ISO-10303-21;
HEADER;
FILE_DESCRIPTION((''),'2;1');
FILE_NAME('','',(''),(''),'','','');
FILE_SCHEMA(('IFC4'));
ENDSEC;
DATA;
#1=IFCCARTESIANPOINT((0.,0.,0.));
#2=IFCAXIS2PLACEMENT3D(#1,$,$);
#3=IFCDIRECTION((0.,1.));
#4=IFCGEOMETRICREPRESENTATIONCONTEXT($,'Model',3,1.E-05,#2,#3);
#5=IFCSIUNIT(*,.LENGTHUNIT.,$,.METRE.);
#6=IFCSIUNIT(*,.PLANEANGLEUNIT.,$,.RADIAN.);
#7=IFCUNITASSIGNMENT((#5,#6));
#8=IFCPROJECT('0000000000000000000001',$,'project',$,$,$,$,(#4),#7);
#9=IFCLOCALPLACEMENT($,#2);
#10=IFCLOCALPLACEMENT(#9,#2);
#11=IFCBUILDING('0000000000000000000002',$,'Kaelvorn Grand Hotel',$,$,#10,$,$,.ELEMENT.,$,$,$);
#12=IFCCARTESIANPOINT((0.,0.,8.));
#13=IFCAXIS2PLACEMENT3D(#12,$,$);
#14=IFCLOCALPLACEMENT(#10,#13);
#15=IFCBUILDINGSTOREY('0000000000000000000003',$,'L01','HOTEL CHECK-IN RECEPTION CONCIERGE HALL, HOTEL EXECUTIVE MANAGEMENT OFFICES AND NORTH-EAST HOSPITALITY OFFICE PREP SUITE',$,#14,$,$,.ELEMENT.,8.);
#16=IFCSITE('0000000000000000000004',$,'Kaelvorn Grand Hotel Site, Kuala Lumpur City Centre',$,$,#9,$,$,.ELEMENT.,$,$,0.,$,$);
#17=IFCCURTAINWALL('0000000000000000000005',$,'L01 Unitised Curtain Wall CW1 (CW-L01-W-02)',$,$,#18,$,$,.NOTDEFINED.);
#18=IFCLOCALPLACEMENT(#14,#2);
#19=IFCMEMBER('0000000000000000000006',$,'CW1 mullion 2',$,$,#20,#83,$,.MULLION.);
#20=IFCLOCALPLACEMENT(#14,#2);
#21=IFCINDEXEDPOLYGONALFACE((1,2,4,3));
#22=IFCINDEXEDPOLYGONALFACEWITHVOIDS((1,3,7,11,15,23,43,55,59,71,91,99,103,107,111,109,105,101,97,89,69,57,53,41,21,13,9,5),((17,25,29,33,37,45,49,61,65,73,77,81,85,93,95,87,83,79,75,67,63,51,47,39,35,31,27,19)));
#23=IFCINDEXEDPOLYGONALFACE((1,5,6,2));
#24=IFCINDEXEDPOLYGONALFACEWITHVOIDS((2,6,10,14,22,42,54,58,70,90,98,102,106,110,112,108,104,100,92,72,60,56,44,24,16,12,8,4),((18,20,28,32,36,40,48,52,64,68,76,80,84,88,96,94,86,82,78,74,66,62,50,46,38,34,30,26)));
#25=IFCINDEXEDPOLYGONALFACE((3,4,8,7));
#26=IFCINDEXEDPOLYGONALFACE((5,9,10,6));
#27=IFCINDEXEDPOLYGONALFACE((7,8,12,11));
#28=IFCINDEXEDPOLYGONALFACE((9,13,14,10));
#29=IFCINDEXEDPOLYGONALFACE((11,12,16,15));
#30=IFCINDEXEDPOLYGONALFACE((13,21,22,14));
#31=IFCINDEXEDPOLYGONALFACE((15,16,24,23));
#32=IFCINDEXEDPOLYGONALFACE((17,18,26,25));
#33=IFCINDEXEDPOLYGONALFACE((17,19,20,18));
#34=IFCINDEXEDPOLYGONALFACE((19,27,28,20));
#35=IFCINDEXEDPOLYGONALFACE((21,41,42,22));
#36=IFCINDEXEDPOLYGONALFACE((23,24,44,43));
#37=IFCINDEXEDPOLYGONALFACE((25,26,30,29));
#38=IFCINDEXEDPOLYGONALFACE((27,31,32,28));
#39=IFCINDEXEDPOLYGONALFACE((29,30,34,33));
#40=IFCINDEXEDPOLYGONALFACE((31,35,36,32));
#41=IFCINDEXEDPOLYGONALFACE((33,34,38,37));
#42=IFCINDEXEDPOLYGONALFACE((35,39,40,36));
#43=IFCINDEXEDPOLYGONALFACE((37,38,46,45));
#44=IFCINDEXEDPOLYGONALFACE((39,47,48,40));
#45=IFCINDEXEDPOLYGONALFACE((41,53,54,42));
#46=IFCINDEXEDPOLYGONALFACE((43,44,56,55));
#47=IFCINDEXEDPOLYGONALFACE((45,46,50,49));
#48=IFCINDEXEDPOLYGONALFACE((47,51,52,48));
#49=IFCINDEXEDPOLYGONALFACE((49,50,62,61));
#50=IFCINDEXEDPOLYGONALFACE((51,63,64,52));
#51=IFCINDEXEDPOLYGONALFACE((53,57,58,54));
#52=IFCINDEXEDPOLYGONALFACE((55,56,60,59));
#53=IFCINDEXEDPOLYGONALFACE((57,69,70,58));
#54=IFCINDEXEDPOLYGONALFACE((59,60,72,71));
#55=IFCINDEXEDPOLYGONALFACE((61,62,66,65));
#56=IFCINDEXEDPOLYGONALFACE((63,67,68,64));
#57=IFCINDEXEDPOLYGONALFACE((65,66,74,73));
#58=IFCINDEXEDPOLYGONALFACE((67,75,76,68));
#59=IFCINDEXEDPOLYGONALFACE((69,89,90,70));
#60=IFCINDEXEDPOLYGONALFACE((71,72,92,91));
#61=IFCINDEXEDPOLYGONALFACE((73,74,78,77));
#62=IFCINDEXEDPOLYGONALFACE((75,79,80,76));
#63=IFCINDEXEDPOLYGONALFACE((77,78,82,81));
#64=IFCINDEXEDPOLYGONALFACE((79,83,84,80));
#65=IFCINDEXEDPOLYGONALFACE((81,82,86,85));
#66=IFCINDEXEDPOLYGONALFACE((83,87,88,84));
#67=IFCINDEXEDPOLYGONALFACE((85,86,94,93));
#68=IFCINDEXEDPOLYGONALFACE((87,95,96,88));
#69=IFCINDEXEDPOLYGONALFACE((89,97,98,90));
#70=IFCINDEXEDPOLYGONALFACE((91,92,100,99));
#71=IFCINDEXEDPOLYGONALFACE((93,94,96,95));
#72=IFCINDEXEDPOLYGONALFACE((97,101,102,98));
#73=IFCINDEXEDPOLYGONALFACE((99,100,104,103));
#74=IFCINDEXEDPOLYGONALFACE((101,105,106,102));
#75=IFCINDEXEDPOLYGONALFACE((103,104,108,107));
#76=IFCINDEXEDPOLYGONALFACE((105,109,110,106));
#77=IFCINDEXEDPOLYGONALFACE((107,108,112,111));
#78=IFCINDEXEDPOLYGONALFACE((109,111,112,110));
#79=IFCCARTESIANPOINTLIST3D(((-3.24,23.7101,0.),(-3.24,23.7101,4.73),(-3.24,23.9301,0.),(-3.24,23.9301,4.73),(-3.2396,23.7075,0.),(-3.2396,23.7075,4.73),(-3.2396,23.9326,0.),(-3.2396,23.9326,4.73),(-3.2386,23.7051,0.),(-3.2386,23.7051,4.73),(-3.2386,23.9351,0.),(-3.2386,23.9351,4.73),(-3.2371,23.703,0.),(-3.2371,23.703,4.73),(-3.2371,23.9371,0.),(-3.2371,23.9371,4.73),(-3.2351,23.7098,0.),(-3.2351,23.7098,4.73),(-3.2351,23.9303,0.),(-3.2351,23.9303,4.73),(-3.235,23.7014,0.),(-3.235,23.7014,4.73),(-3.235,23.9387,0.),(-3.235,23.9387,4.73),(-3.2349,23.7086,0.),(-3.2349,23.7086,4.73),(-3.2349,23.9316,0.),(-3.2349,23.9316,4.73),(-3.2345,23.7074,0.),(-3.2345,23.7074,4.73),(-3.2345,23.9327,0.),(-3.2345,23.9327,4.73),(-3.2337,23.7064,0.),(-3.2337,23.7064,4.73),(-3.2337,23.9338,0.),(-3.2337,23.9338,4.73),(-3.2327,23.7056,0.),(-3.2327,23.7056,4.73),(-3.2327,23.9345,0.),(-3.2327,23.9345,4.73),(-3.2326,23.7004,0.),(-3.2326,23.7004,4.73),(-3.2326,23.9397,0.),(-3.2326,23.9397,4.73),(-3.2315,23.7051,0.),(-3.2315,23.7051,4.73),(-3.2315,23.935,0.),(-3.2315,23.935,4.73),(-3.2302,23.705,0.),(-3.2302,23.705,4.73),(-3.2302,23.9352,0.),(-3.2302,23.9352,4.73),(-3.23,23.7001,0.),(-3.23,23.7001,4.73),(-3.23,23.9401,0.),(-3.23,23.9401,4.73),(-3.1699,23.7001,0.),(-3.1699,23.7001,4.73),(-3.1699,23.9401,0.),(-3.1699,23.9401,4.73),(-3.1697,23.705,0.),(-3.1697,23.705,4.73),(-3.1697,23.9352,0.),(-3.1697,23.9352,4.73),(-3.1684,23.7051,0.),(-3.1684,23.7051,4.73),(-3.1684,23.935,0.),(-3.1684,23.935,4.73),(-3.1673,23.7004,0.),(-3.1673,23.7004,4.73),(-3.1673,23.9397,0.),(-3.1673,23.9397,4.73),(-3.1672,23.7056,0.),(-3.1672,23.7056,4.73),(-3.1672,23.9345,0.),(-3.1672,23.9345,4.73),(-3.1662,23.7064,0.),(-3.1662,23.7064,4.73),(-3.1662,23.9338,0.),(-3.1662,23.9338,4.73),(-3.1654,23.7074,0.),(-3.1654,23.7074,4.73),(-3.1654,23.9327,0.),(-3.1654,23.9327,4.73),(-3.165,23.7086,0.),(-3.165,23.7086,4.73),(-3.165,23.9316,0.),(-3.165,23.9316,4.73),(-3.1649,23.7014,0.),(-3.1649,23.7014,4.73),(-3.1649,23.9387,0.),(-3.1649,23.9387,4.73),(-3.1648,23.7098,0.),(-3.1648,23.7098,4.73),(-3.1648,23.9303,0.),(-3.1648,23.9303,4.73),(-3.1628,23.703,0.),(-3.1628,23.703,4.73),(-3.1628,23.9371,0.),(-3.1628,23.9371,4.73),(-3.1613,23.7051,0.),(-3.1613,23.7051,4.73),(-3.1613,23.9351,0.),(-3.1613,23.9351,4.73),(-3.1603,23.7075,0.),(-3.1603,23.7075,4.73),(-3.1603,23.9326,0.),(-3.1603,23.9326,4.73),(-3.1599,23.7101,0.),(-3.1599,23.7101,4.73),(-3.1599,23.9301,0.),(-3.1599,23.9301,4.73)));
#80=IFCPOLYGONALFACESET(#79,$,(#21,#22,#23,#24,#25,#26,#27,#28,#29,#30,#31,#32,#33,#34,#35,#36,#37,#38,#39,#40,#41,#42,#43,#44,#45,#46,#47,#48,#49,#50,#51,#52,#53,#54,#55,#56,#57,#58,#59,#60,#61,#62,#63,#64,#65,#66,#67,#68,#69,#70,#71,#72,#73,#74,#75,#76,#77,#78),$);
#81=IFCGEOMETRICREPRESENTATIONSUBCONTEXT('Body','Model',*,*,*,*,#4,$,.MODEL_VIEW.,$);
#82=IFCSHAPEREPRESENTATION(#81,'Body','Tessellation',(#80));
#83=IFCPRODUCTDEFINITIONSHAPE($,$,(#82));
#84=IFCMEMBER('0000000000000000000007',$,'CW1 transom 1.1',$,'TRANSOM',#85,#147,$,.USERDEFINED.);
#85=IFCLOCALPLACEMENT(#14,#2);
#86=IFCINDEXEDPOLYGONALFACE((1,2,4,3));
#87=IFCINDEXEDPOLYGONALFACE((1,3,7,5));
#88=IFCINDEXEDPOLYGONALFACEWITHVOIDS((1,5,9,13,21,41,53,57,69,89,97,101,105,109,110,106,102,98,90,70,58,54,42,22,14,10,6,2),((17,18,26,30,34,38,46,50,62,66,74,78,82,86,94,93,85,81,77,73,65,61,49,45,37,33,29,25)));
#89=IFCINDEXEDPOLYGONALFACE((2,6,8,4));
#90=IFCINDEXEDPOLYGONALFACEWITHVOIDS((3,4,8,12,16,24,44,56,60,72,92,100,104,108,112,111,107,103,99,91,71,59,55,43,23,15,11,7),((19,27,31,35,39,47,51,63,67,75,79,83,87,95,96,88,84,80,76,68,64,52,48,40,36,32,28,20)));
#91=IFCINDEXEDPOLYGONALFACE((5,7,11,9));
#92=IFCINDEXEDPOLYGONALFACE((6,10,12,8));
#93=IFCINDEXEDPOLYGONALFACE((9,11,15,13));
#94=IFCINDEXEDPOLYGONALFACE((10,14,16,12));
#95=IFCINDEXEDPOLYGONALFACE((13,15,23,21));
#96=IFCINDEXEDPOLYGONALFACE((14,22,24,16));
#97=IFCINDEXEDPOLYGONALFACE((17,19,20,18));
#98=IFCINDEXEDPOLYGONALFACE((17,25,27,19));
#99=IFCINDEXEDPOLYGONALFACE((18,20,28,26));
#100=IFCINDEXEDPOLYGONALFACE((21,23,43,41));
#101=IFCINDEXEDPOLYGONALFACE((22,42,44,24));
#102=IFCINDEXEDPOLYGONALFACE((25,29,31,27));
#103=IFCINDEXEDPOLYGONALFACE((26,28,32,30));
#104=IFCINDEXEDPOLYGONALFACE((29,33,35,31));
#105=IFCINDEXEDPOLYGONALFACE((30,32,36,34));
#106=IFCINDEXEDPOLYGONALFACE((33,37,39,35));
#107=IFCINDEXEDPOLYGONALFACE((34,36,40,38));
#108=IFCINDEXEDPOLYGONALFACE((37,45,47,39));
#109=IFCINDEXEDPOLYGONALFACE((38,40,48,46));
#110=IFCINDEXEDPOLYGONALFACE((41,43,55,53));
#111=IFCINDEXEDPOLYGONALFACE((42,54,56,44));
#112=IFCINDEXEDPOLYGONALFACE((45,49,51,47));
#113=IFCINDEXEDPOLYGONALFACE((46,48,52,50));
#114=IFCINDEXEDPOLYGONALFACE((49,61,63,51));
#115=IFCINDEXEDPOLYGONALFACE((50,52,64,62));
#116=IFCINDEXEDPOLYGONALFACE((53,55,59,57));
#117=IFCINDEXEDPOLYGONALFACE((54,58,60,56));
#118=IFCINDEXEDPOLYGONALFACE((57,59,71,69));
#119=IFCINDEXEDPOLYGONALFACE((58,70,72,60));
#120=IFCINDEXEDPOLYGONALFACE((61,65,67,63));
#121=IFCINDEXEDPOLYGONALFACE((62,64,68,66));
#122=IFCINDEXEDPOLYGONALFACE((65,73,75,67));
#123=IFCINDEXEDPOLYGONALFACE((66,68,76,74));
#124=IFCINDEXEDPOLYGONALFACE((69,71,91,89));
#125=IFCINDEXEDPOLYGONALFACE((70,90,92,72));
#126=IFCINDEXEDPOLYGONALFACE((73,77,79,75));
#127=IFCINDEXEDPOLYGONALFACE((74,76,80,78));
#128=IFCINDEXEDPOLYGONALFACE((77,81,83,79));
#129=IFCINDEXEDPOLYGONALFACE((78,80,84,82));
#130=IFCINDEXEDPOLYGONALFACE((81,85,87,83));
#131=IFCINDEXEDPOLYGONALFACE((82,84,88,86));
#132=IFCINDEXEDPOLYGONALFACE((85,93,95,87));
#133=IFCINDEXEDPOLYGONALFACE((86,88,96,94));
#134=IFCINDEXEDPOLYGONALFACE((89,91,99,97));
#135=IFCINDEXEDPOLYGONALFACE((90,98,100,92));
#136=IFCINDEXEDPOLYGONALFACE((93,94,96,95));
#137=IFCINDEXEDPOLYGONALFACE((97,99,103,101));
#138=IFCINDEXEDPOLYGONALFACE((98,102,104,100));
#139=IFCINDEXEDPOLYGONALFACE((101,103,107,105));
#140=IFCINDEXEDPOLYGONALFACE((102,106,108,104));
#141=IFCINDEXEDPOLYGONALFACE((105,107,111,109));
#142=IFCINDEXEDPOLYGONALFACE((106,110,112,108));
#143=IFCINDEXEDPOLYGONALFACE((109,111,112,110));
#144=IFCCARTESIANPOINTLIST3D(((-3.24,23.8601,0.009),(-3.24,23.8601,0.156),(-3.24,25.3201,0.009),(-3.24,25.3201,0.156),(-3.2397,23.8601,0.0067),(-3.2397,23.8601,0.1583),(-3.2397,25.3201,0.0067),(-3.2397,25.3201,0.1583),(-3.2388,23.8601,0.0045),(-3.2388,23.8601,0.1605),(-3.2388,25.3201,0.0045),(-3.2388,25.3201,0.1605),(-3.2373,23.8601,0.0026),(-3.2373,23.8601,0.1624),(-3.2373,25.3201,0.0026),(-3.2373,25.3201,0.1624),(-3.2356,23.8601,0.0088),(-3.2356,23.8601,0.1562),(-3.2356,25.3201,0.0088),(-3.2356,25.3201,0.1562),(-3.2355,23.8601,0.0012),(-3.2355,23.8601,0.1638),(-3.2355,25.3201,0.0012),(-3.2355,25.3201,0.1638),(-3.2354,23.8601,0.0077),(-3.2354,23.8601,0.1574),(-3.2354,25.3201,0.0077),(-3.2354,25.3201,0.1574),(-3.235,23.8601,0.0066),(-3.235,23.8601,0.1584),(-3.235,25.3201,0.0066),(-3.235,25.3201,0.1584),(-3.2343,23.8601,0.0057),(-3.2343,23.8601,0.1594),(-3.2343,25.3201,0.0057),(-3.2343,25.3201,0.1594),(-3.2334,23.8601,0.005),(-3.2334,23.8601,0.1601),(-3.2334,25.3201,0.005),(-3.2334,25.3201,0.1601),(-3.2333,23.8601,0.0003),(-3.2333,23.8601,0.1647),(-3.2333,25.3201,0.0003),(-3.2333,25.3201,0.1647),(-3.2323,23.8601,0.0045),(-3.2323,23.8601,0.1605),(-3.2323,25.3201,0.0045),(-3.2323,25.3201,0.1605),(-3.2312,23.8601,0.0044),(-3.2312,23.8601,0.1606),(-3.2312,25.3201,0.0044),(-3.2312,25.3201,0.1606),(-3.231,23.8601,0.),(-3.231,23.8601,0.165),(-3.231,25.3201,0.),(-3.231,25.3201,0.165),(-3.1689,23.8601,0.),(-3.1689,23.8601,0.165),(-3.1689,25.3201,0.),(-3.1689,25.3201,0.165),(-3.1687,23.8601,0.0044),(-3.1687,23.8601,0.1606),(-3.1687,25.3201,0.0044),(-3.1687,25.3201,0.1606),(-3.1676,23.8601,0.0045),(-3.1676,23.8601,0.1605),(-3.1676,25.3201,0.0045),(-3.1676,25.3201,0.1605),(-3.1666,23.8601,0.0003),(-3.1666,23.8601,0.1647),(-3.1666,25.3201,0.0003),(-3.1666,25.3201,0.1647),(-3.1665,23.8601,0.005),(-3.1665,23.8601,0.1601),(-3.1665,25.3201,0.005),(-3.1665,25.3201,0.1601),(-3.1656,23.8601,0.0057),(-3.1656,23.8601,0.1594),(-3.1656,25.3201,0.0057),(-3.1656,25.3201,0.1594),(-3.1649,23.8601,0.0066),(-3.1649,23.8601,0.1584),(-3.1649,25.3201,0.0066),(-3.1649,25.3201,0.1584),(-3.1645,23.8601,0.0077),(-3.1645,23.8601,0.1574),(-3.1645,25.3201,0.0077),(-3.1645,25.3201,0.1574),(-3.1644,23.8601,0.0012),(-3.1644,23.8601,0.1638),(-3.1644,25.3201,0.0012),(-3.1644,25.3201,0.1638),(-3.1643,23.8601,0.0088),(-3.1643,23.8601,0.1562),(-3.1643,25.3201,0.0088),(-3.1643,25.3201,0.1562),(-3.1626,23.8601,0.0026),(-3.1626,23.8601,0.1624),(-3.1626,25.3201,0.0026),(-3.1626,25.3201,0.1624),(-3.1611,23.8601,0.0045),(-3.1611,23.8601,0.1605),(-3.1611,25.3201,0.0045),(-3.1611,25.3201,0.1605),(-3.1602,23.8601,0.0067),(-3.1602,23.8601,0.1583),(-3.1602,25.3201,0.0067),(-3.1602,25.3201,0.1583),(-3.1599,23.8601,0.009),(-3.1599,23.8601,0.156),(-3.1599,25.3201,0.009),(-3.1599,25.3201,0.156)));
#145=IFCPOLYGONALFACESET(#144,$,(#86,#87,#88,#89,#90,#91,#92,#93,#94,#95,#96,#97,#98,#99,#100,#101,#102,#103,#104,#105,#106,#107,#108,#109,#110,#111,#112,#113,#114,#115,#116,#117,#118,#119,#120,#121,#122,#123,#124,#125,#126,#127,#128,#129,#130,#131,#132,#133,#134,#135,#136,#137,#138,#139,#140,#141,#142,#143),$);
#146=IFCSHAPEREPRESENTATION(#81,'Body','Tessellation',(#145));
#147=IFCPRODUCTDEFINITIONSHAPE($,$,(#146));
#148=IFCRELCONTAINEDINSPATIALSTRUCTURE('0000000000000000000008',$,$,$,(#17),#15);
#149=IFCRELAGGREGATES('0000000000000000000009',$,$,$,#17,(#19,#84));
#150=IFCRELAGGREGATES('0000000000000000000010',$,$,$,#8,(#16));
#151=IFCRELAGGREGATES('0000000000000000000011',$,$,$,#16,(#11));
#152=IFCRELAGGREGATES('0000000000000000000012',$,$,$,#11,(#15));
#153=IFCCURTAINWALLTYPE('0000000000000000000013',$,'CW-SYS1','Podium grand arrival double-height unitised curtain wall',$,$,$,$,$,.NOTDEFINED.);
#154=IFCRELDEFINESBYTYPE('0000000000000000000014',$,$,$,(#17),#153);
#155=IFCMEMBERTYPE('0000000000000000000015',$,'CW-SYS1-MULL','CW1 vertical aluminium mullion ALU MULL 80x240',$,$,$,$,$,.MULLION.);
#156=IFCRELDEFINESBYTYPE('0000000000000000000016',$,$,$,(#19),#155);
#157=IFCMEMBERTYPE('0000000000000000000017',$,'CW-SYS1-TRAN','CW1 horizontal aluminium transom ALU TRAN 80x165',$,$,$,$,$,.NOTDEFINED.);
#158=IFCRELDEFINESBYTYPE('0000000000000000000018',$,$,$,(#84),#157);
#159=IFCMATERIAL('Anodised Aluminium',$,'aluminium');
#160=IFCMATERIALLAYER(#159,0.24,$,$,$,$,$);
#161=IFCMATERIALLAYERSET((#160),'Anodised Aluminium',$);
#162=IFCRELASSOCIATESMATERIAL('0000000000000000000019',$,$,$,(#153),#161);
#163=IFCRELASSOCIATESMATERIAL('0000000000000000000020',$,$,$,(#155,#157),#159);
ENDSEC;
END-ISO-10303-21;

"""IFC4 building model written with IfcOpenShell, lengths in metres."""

from ifc_helpers import new_model, si_unit, direction, frame, origin, origin_2d, place, context, subcontext, project, spatial, hollow_rectangle, extrude, material, layer, layer_set, material_profile, profile_set, type_object, element, aggregate, save


model = new_model("IFC4")

# Units and contexts
model_context = context("Model", 3, precision=1e-05, world=origin(), true_north=direction((0.0, 1.0)))
body_context = subcontext(model_context, "Body", "Model", "MODEL_VIEW")
ifc_project = project(units=[si_unit("LENGTHUNIT", "METRE"), si_unit("PLANEANGLEUNIT", "RADIAN")], contexts=[model_context])

# Site, building, storey
site_placement = place(None, origin())
site = spatial("IfcSite", under=ifc_project, at=site_placement, Name="Kaelvorn Grand Hotel Site, Kuala Lumpur City Centre", CompositionType="ELEMENT", RefElevation=0.0)
building_placement = place(site_placement, origin())
building = spatial("IfcBuilding", under=site, at=building_placement, Name="Kaelvorn Grand Hotel", CompositionType="ELEMENT")
storey_placement = place(building_placement, frame((0.0, 0.0, 8.0)))
storey = spatial("IfcBuildingStorey", under=building, at=storey_placement, Name="L01", Description="HOTEL CHECK-IN RECEPTION CONCIERGE HALL, HOTEL EXECUTIVE MANAGEMENT OFFICES AND NORTH-EAST HOSPITALITY OFFICE PREP SUITE", CompositionType="ELEMENT", Elevation=8.0)

# Curtain wall, members
ifc_material_1 = material(Name="Anodised Aluminium", Category="aluminium")
ifc_layer_1 = layer(ifc_material_1, 0.24)
ifc_layer_set_1 = layer_set([ifc_layer_1], Name="Anodised Aluminium")
curtain_wall_type = type_object("IfcCurtainWallType", Name="CW-SYS1", Description="Podium grand arrival double-height unitised curtain wall", PredefinedType="NOTDEFINED", material=ifc_layer_set_1)
curtain_wall_placement = place(storey_placement, origin())
curtain_wall = element("IfcCurtainWall", 1, at=curtain_wall_placement, inside=storey, type_object=curtain_wall_type, Name="L01 Unitised Curtain Wall CW1 (CW-L01-W-02)", PredefinedType="NOTDEFINED")
ifc_material_profile_1 = material_profile(ifc_material_1, hollow_rectangle(XDim=0.0801, YDim=0.24, WallThickness=0.0049, InnerFilletRadius=0.0049, OuterFilletRadius=0.01, at=origin_2d()), Name="ALU MULL 80x240")
ifc_profile_set_1 = profile_set([ifc_material_profile_1], Name="Anodised Aluminium")
member_type_1 = type_object("IfcMemberType", Name="CW-SYS1-MULL", Description="CW1 vertical aluminium mullion ALU MULL 80x240", PredefinedType="MULLION", material=ifc_profile_set_1)
member_1_placement = place(storey_placement, frame((-3.2, 23.8201, 0.0), z_axis=(0.0, 0.0, 1.0), x_axis=(1.0, 0.0, 0.0)))
member_1 = element("IfcMember", 2, at=member_1_placement, type_object=member_type_1, Name="CW1 mullion 2", PredefinedType="MULLION", context=body_context, shape_type="SweptSolid", body=[
    extrude(hollow_rectangle(XDim=0.0801, YDim=0.24, WallThickness=0.0049, InnerFilletRadius=0.0049, OuterFilletRadius=0.01, at=origin_2d()), origin(), (0.0, 0.0, 1.0), 4.73),
])
ifc_material_profile_2 = material_profile(ifc_material_1, hollow_rectangle(XDim=0.0801, YDim=0.165, WallThickness=0.0044, InnerFilletRadius=0.0044, OuterFilletRadius=0.009, at=origin_2d()), Name="ALU TRAN 80x165")
ifc_profile_set_2 = profile_set([ifc_material_profile_2], Name="Anodised Aluminium")
member_type_2 = type_object("IfcMemberType", Name="CW-SYS1-TRAN", Description="CW1 horizontal aluminium transom ALU TRAN 80x165", PredefinedType="NOTDEFINED", material=ifc_profile_set_2)
member_2_placement = place(storey_placement, frame((-3.2, 25.3201, 0.0825), z_axis=(0.0, -1.0, 0.0), x_axis=(1.0, 0.0, 0.0)))
member_2 = element("IfcMember", 3, at=member_2_placement, type_object=member_type_2, Name="CW1 transom 1.1", ObjectType="TRANSOM", PredefinedType="USERDEFINED", context=body_context, shape_type="SweptSolid", body=[
    extrude(hollow_rectangle(XDim=0.0801, YDim=0.165, WallThickness=0.0044, InnerFilletRadius=0.0044, OuterFilletRadius=0.009, at=origin_2d()), origin(), (0.0, 0.0, 1.0), 1.46),
])
aggregate(curtain_wall, [member_1, member_2])

save(model, "model.ifc")
